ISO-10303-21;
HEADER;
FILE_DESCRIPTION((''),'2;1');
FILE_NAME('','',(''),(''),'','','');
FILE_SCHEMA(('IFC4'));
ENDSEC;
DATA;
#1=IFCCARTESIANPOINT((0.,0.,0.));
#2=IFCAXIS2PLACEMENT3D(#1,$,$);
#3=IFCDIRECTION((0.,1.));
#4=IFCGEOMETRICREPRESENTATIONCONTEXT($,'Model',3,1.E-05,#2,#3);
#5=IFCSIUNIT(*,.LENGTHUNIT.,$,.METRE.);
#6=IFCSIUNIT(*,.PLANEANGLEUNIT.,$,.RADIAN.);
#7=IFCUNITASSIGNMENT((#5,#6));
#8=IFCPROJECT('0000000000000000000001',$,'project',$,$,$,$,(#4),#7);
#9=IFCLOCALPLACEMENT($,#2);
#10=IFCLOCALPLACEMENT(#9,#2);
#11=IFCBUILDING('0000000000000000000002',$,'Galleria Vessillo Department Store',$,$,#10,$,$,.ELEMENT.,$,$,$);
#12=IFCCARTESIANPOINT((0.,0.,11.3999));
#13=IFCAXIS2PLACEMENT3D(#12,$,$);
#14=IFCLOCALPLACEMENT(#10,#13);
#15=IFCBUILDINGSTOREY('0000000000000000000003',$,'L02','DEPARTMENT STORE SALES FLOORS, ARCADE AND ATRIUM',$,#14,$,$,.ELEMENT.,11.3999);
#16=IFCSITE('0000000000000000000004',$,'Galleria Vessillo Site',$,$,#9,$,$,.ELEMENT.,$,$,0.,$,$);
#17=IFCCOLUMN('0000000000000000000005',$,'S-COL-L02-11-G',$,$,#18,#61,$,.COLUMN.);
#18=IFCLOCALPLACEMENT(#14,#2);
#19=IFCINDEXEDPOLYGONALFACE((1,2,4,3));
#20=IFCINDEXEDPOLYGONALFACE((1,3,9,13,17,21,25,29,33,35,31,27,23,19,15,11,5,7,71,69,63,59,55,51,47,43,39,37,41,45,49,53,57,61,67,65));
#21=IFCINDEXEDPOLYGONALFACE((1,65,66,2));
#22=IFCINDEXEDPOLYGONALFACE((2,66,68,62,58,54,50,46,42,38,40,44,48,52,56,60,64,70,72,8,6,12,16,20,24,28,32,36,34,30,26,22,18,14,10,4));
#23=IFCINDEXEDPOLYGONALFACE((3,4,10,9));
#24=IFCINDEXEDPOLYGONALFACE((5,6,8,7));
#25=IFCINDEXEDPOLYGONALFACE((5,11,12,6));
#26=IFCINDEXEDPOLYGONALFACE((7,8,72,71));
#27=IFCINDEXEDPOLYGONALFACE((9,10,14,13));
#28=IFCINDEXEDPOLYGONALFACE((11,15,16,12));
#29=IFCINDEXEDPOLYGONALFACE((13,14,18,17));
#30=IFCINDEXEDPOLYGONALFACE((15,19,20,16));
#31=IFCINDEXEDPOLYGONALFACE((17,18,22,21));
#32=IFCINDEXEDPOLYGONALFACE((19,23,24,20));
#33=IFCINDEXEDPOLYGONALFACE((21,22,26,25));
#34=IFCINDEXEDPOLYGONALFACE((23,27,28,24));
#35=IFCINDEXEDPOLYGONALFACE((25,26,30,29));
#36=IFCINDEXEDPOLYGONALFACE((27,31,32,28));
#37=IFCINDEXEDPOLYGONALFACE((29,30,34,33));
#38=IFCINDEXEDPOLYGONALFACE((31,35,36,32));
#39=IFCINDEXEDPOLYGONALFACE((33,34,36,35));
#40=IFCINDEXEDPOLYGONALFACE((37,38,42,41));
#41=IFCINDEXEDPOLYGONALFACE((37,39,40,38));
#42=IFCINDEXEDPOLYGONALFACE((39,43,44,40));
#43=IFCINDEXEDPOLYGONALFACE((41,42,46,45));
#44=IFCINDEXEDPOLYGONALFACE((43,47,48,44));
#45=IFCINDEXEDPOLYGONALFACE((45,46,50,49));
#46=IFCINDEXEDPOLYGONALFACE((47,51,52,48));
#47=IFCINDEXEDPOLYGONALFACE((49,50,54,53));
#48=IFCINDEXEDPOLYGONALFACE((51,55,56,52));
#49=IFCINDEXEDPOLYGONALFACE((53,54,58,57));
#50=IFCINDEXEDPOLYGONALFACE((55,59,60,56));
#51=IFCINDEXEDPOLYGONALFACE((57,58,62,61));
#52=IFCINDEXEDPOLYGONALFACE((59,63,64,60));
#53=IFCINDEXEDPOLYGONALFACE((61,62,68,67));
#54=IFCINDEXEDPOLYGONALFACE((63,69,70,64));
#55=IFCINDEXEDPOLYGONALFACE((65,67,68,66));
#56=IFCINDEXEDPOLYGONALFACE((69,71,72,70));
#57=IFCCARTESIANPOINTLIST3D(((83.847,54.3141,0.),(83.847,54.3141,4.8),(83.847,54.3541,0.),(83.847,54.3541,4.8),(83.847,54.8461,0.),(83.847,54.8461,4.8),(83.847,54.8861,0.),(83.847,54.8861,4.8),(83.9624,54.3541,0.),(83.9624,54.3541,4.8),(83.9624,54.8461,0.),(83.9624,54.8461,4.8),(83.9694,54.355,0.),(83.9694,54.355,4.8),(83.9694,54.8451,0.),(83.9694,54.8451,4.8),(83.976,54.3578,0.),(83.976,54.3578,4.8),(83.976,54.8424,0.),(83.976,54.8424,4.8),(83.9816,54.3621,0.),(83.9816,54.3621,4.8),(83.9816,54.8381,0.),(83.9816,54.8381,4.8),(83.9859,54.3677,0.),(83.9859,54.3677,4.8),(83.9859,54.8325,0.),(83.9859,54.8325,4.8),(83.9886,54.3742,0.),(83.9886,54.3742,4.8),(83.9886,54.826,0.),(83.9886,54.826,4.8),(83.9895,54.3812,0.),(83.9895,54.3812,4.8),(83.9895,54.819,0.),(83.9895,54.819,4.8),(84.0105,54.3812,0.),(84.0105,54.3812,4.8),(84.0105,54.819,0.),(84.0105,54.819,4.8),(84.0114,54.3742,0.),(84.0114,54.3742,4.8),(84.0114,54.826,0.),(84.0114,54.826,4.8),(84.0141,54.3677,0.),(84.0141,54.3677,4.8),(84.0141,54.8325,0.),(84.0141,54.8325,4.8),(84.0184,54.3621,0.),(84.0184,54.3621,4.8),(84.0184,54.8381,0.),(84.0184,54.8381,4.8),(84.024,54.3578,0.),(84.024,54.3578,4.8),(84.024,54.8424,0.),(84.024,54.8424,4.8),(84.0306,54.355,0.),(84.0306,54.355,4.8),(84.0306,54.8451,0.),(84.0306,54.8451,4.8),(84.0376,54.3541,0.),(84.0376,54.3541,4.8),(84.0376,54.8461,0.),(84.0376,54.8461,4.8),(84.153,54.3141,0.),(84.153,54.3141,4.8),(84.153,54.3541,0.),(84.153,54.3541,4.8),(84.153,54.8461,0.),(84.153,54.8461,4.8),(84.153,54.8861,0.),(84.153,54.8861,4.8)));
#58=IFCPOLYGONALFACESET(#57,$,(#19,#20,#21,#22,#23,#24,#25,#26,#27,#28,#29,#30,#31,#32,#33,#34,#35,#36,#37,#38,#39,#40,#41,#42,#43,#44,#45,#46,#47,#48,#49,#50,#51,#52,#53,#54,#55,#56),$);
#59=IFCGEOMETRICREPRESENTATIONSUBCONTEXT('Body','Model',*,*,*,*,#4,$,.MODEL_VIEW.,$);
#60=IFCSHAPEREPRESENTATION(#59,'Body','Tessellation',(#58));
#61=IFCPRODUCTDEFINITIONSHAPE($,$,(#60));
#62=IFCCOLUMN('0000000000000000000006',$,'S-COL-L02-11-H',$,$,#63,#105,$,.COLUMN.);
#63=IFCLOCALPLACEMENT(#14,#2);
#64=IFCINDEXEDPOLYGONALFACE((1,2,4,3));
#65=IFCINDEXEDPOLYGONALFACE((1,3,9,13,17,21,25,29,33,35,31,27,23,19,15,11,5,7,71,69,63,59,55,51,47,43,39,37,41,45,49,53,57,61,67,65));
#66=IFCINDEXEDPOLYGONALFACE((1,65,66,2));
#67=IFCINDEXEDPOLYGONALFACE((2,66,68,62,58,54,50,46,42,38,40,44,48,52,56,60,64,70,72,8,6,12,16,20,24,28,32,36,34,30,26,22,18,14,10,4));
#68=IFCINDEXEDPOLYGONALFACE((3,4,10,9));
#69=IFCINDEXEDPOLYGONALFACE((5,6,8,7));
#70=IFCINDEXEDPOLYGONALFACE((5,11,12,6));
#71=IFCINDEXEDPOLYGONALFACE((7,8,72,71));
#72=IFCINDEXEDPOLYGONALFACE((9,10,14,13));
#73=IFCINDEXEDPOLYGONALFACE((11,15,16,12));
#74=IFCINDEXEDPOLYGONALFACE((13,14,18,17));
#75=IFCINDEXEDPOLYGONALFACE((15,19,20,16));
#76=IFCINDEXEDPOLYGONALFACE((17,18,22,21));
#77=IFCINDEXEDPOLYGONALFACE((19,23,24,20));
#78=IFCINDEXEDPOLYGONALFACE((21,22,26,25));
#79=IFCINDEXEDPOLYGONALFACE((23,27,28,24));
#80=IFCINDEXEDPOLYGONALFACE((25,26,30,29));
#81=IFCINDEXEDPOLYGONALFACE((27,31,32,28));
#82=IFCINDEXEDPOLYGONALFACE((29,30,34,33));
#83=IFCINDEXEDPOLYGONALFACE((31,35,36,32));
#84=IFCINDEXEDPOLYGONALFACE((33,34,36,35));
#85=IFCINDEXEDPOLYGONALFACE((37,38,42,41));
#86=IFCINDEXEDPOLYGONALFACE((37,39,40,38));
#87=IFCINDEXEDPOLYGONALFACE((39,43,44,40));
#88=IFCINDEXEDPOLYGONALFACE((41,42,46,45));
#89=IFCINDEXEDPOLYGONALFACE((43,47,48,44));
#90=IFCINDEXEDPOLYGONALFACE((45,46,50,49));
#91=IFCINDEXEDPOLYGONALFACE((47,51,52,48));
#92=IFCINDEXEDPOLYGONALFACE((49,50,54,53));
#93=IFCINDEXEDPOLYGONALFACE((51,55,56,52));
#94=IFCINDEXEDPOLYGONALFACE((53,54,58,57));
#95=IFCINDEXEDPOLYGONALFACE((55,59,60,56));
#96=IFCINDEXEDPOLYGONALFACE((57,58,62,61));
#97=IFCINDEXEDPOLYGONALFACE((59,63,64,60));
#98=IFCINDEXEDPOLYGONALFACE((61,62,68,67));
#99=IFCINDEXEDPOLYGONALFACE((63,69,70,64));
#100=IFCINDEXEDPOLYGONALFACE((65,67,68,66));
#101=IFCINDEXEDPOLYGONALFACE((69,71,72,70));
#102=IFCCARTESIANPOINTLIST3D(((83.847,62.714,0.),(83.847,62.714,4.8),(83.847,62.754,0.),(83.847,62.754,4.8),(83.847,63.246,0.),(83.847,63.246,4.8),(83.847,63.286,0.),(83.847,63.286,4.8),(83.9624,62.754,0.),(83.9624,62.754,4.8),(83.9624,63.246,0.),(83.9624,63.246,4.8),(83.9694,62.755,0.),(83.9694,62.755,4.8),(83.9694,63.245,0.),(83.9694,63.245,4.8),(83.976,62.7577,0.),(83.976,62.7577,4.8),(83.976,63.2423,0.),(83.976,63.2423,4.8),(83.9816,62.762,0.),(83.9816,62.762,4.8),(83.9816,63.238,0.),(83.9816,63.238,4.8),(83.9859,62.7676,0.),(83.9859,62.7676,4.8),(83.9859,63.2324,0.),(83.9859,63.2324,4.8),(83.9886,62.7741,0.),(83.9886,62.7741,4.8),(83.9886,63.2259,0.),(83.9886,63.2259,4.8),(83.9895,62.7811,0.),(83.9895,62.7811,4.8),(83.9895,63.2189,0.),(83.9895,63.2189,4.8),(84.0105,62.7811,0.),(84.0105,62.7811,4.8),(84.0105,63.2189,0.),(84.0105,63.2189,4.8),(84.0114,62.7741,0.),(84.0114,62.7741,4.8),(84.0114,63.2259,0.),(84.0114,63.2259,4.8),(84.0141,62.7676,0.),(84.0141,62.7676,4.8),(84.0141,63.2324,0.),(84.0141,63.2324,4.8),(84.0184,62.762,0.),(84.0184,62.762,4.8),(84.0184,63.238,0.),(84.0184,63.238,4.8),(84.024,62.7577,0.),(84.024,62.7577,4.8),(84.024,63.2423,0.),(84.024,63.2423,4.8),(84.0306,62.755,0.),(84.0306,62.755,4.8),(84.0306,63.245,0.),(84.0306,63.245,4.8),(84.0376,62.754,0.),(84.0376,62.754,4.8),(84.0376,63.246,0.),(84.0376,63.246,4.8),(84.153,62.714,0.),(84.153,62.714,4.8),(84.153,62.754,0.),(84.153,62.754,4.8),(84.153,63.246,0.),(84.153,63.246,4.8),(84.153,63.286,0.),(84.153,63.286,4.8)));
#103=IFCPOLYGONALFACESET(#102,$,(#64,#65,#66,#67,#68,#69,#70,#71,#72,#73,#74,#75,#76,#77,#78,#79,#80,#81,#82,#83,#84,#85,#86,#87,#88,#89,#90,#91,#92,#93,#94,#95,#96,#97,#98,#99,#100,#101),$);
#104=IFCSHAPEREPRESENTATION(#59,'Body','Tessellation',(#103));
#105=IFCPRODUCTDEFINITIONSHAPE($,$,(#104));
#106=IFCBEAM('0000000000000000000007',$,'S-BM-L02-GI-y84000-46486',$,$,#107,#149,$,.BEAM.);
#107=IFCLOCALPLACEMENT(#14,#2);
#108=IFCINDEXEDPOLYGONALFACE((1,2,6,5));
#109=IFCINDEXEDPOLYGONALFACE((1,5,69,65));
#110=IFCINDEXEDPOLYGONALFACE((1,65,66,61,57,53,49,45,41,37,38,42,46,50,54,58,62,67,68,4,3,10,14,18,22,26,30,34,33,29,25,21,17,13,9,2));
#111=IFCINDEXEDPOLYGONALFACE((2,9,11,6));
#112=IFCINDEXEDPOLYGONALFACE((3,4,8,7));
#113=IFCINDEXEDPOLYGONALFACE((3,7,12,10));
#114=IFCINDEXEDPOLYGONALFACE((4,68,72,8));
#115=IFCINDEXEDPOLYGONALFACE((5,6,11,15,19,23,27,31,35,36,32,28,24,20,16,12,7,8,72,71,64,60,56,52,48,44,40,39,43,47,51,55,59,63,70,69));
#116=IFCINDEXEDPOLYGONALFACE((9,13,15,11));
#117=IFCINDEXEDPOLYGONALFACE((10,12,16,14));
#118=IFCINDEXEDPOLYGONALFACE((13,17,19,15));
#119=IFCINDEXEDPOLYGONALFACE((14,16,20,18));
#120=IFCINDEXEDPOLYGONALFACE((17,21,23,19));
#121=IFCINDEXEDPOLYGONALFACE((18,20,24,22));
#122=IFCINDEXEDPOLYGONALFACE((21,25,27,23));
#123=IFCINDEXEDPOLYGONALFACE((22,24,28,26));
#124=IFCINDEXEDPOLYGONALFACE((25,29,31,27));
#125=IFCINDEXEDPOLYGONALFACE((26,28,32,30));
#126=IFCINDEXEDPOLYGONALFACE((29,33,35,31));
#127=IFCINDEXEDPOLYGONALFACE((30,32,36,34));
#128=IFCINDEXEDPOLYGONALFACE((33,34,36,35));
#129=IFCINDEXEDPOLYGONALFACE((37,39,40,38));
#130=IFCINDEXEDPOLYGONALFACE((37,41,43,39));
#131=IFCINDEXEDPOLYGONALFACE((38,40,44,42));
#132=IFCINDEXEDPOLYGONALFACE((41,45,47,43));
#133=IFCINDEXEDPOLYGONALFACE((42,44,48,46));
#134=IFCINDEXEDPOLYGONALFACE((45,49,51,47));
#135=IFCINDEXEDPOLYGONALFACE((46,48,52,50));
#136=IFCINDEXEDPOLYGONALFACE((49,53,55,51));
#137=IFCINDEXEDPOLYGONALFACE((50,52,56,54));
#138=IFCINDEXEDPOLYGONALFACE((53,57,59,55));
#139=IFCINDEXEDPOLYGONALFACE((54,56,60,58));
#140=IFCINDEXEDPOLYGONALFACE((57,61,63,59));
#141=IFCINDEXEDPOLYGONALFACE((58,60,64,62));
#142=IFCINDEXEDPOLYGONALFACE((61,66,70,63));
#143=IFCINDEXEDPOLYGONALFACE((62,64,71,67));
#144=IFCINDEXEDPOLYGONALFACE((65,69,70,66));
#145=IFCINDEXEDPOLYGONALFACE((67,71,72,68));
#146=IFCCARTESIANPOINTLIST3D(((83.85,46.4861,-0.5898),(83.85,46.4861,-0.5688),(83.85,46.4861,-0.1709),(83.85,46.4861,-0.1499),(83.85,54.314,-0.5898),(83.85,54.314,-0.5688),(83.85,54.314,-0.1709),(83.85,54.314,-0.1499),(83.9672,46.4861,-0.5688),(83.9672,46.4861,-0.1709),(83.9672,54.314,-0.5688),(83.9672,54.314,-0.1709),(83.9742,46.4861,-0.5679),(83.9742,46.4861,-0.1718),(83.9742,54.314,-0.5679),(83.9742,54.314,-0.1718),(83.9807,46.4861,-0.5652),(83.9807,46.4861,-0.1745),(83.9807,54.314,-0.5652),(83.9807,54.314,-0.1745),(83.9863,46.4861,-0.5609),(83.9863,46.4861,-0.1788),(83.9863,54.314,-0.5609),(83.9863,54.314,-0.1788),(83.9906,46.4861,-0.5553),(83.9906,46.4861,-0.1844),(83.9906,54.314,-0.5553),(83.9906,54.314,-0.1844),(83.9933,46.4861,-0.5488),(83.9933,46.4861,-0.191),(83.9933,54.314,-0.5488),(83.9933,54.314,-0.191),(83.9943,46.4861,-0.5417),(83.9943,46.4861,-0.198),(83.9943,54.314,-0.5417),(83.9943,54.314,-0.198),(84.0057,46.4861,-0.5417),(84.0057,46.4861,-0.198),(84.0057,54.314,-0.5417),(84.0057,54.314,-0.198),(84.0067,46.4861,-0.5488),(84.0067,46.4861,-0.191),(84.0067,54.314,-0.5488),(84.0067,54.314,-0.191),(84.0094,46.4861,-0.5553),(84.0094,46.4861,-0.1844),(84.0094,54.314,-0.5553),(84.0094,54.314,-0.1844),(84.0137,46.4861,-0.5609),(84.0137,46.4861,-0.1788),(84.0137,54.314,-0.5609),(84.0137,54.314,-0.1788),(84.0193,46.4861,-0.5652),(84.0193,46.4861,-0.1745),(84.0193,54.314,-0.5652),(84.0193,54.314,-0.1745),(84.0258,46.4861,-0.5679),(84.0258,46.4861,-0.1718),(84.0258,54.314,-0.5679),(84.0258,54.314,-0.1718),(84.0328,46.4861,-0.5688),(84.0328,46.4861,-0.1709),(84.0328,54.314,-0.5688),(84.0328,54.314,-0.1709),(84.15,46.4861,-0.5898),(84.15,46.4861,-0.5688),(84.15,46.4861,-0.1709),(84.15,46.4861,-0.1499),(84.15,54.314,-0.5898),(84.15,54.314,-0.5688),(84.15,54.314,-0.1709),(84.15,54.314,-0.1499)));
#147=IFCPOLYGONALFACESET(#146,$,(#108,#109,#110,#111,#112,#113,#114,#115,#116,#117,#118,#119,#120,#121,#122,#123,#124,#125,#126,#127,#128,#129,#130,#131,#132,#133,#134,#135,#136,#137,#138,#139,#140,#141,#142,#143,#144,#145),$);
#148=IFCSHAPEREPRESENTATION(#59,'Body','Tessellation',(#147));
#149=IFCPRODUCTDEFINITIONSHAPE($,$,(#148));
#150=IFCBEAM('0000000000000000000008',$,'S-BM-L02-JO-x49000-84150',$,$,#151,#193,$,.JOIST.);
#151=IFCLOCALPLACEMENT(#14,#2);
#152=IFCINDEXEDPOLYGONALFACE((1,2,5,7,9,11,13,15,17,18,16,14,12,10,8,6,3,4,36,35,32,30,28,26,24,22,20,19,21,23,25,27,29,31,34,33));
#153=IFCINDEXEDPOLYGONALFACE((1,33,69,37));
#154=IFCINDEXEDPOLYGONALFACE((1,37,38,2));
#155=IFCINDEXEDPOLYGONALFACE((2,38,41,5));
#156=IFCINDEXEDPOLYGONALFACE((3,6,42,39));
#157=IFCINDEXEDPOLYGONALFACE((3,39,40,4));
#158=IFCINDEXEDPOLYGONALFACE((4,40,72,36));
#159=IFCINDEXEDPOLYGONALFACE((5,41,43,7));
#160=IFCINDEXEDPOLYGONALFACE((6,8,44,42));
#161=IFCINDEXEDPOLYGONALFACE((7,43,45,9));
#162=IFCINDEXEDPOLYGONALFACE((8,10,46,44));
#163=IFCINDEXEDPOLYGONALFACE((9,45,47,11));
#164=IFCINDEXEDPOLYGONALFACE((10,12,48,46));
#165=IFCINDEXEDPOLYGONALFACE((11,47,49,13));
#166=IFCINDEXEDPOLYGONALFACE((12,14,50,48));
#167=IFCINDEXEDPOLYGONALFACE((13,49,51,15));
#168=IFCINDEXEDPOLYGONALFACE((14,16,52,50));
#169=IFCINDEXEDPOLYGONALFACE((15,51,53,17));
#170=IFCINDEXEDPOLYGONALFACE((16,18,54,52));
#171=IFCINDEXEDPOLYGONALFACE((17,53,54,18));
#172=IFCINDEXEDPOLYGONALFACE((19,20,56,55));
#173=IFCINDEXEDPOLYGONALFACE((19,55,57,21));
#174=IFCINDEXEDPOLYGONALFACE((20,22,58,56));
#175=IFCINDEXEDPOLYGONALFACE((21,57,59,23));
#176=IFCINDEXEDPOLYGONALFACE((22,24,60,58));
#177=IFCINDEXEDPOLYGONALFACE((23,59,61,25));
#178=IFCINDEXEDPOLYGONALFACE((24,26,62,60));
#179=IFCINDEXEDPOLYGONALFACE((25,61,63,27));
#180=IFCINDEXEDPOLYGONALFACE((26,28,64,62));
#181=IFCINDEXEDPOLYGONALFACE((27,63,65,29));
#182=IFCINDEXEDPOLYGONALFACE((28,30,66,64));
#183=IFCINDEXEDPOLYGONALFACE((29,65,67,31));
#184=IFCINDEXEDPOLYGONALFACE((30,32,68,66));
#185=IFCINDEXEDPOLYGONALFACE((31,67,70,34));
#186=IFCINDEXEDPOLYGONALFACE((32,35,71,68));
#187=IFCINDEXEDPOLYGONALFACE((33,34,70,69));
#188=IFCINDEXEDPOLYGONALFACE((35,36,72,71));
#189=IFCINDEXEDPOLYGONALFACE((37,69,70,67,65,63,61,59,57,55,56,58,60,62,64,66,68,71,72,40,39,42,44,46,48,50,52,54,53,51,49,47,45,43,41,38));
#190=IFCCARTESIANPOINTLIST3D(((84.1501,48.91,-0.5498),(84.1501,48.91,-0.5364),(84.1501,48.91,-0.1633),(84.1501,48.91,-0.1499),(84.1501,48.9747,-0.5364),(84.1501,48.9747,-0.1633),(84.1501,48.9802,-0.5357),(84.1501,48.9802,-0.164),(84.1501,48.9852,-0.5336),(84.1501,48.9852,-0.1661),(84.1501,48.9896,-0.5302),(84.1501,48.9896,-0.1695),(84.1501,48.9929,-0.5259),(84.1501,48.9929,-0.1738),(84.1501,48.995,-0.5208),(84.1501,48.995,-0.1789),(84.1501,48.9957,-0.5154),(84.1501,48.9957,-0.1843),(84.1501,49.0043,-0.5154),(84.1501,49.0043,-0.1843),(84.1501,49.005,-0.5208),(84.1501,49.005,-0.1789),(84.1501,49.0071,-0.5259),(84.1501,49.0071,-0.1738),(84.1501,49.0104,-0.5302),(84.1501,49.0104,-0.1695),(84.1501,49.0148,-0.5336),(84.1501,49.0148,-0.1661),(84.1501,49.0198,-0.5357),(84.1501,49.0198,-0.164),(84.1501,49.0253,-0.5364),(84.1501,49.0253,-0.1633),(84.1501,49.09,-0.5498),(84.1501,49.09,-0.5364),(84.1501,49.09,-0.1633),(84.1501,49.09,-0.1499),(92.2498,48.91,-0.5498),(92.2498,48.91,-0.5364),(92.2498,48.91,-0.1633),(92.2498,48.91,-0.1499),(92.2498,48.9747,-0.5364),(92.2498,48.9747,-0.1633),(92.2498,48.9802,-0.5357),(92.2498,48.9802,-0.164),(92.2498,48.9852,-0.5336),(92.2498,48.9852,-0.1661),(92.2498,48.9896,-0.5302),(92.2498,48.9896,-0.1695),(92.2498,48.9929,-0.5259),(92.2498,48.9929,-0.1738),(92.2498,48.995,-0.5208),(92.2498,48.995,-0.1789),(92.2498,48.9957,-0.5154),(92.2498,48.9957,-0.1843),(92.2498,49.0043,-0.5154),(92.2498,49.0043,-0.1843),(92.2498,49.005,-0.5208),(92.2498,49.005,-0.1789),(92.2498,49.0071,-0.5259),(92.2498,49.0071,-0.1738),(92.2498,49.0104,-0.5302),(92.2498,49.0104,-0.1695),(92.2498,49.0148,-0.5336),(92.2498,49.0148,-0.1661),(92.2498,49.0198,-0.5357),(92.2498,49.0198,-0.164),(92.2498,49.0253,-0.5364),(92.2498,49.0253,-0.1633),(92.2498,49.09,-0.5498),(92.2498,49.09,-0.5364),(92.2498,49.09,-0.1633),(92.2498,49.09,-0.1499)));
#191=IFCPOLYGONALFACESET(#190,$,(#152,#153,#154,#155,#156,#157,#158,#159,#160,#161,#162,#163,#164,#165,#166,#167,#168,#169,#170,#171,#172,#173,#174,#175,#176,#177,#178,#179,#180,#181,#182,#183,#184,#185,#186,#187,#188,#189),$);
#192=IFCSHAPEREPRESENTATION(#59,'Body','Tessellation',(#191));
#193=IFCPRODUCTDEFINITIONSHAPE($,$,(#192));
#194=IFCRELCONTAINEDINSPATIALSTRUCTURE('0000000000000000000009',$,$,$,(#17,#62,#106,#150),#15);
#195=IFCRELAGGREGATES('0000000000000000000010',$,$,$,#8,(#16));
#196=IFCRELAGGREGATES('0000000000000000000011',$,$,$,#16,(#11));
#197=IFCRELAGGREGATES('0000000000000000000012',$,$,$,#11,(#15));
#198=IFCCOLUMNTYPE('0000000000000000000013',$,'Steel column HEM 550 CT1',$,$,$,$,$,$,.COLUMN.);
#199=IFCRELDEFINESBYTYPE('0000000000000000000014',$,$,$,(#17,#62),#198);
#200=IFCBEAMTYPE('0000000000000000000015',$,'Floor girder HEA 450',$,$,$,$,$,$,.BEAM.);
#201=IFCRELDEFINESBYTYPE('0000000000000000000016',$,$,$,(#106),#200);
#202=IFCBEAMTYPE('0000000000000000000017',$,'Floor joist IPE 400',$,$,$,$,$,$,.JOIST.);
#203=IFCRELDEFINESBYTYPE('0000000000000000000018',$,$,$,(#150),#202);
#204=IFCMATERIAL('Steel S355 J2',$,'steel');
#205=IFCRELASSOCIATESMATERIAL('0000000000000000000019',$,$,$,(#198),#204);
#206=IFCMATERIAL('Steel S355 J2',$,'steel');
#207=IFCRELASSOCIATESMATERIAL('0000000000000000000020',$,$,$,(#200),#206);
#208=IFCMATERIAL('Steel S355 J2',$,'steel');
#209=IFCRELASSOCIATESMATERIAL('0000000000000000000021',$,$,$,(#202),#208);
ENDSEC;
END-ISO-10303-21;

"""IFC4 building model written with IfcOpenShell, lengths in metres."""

from ifc_helpers import new_model, si_unit, direction, frame, origin, origin_2d, place, context, subcontext, project, spatial, i_section, extrude, material, material_profile, profile_set, type_object, element, save


model = new_model("IFC4")

# Units and contexts
model_context = context("Model", 3, precision=1e-05, world=origin(), true_north=direction((0.0, 1.0)))
body_context = subcontext(model_context, "Body", "Model", "MODEL_VIEW")
ifc_project = project(units=[si_unit("LENGTHUNIT", "METRE"), si_unit("PLANEANGLEUNIT", "RADIAN")], contexts=[model_context])

# Site, building, storey
site_placement = place(None, origin())
site = spatial("IfcSite", under=ifc_project, at=site_placement, Name="Galleria Vessillo Site", CompositionType="ELEMENT", RefElevation=0.0)
building_placement = place(site_placement, origin())
building = spatial("IfcBuilding", under=site, at=building_placement, Name="Galleria Vessillo Department Store", CompositionType="ELEMENT")
storey_placement = place(building_placement, frame((0.0, 0.0, 11.3999)))
storey = spatial("IfcBuildingStorey", under=building, at=storey_placement, Name="L02", Description="DEPARTMENT STORE SALES FLOORS, ARCADE AND ATRIUM", CompositionType="ELEMENT", Elevation=11.3999)

# Columns
ifc_material_1 = material(Name="Steel S355 J2", Category="steel")
ifc_material_profile_1 = material_profile(ifc_material_1, i_section(OverallWidth=0.3059, OverallDepth=0.572, WebThickness=0.021, FlangeThickness=0.04, FilletRadius=0.0271, at=origin_2d()), Name="HEM 550")
ifc_profile_set_1 = profile_set([ifc_material_profile_1], Name="Steel S355 J2")
column_type = type_object("IfcColumnType", Name="Steel column HEM 550 CT1", PredefinedType="COLUMN", material=ifc_profile_set_1)
for number, where, z_axis, x_axis, name in (
    (1, (84.0, 54.6001, 0.0), (0.0, 0.0, 1.0), (1.0, 0.0, 0.0), "S-COL-L02-11-G"),
    (2, (84.0, 63.0, 0.0), (0.0, 0.0, 1.0), (1.0, 0.0, 0.0), "S-COL-L02-11-H"),
):
    element("IfcColumn", number, at=place(storey_placement, frame(where, z_axis=z_axis, x_axis=x_axis)), inside=storey, type_object=column_type, Name=name, PredefinedType="COLUMN", context=body_context, shape_type="SweptSolid", body=[
        extrude(i_section(OverallWidth=0.3059, OverallDepth=0.572, WebThickness=0.021, FlangeThickness=0.04, FilletRadius=0.0271, at=origin_2d()), origin(), (0.0, 0.0, 1.0), 4.8),
    ])

# Beams
ifc_material_2 = material(Name="Steel S355 J2", Category="steel")
ifc_material_profile_2 = material_profile(ifc_material_2, i_section(OverallWidth=0.3, OverallDepth=0.4399, WebThickness=0.0115, FlangeThickness=0.021, FilletRadius=0.0271, at=origin_2d()), Name="HEA 450")
ifc_profile_set_2 = profile_set([ifc_material_profile_2], Name="Steel S355 J2")
beam_type_1 = type_object("IfcBeamType", Name="Floor girder HEA 450", PredefinedType="BEAM", material=ifc_profile_set_2)
beam_1_placement = place(storey_placement, frame((84.0, 46.4861, -0.3699), z_axis=(0.0, 1.0, 0.0), x_axis=(-1.0, 0.0, 0.0)))
element("IfcBeam", 3, at=beam_1_placement, inside=storey, type_object=beam_type_1, Name="S-BM-L02-GI-y84000-46486", PredefinedType="BEAM", context=body_context, shape_type="SweptSolid", body=[
    extrude(i_section(OverallWidth=0.3, OverallDepth=0.4399, WebThickness=0.0115, FlangeThickness=0.021, FilletRadius=0.0271, at=origin_2d()), origin(), (0.0, 0.0, 1.0), 7.8279),
])
ifc_material_3 = material(Name="Steel S355 J2", Category="steel")
ifc_material_profile_3 = material_profile(ifc_material_3, i_section(OverallWidth=0.1799, OverallDepth=0.3999, WebThickness=0.0085, FlangeThickness=0.0134, FilletRadius=0.021, at=origin_2d()), Name="IPE 400")
ifc_profile_set_3 = profile_set([ifc_material_profile_3], Name="Steel S355 J2")
beam_type_2 = type_object("IfcBeamType", Name="Floor joist IPE 400", PredefinedType="JOIST", material=ifc_profile_set_3)
for number, where, z_axis, x_axis, name in (
    (4, (84.1501, 49.0, -0.3499), (1.0, 0.0, 0.0), (0.0, 1.0, 0.0), "S-BM-L02-JO-x49000-84150"),
):
    element("IfcBeam", number, at=place(storey_placement, frame(where, z_axis=z_axis, x_axis=x_axis)), inside=storey, type_object=beam_type_2, Name=name, PredefinedType="JOIST", context=body_context, shape_type="SweptSolid", body=[
        extrude(i_section(OverallWidth=0.1799, OverallDepth=0.3999, WebThickness=0.0085, FlangeThickness=0.0134, FilletRadius=0.021, at=origin_2d()), origin(), (0.0, 0.0, 1.0), 8.0996),
    ])

save(model, "model.ifc")
